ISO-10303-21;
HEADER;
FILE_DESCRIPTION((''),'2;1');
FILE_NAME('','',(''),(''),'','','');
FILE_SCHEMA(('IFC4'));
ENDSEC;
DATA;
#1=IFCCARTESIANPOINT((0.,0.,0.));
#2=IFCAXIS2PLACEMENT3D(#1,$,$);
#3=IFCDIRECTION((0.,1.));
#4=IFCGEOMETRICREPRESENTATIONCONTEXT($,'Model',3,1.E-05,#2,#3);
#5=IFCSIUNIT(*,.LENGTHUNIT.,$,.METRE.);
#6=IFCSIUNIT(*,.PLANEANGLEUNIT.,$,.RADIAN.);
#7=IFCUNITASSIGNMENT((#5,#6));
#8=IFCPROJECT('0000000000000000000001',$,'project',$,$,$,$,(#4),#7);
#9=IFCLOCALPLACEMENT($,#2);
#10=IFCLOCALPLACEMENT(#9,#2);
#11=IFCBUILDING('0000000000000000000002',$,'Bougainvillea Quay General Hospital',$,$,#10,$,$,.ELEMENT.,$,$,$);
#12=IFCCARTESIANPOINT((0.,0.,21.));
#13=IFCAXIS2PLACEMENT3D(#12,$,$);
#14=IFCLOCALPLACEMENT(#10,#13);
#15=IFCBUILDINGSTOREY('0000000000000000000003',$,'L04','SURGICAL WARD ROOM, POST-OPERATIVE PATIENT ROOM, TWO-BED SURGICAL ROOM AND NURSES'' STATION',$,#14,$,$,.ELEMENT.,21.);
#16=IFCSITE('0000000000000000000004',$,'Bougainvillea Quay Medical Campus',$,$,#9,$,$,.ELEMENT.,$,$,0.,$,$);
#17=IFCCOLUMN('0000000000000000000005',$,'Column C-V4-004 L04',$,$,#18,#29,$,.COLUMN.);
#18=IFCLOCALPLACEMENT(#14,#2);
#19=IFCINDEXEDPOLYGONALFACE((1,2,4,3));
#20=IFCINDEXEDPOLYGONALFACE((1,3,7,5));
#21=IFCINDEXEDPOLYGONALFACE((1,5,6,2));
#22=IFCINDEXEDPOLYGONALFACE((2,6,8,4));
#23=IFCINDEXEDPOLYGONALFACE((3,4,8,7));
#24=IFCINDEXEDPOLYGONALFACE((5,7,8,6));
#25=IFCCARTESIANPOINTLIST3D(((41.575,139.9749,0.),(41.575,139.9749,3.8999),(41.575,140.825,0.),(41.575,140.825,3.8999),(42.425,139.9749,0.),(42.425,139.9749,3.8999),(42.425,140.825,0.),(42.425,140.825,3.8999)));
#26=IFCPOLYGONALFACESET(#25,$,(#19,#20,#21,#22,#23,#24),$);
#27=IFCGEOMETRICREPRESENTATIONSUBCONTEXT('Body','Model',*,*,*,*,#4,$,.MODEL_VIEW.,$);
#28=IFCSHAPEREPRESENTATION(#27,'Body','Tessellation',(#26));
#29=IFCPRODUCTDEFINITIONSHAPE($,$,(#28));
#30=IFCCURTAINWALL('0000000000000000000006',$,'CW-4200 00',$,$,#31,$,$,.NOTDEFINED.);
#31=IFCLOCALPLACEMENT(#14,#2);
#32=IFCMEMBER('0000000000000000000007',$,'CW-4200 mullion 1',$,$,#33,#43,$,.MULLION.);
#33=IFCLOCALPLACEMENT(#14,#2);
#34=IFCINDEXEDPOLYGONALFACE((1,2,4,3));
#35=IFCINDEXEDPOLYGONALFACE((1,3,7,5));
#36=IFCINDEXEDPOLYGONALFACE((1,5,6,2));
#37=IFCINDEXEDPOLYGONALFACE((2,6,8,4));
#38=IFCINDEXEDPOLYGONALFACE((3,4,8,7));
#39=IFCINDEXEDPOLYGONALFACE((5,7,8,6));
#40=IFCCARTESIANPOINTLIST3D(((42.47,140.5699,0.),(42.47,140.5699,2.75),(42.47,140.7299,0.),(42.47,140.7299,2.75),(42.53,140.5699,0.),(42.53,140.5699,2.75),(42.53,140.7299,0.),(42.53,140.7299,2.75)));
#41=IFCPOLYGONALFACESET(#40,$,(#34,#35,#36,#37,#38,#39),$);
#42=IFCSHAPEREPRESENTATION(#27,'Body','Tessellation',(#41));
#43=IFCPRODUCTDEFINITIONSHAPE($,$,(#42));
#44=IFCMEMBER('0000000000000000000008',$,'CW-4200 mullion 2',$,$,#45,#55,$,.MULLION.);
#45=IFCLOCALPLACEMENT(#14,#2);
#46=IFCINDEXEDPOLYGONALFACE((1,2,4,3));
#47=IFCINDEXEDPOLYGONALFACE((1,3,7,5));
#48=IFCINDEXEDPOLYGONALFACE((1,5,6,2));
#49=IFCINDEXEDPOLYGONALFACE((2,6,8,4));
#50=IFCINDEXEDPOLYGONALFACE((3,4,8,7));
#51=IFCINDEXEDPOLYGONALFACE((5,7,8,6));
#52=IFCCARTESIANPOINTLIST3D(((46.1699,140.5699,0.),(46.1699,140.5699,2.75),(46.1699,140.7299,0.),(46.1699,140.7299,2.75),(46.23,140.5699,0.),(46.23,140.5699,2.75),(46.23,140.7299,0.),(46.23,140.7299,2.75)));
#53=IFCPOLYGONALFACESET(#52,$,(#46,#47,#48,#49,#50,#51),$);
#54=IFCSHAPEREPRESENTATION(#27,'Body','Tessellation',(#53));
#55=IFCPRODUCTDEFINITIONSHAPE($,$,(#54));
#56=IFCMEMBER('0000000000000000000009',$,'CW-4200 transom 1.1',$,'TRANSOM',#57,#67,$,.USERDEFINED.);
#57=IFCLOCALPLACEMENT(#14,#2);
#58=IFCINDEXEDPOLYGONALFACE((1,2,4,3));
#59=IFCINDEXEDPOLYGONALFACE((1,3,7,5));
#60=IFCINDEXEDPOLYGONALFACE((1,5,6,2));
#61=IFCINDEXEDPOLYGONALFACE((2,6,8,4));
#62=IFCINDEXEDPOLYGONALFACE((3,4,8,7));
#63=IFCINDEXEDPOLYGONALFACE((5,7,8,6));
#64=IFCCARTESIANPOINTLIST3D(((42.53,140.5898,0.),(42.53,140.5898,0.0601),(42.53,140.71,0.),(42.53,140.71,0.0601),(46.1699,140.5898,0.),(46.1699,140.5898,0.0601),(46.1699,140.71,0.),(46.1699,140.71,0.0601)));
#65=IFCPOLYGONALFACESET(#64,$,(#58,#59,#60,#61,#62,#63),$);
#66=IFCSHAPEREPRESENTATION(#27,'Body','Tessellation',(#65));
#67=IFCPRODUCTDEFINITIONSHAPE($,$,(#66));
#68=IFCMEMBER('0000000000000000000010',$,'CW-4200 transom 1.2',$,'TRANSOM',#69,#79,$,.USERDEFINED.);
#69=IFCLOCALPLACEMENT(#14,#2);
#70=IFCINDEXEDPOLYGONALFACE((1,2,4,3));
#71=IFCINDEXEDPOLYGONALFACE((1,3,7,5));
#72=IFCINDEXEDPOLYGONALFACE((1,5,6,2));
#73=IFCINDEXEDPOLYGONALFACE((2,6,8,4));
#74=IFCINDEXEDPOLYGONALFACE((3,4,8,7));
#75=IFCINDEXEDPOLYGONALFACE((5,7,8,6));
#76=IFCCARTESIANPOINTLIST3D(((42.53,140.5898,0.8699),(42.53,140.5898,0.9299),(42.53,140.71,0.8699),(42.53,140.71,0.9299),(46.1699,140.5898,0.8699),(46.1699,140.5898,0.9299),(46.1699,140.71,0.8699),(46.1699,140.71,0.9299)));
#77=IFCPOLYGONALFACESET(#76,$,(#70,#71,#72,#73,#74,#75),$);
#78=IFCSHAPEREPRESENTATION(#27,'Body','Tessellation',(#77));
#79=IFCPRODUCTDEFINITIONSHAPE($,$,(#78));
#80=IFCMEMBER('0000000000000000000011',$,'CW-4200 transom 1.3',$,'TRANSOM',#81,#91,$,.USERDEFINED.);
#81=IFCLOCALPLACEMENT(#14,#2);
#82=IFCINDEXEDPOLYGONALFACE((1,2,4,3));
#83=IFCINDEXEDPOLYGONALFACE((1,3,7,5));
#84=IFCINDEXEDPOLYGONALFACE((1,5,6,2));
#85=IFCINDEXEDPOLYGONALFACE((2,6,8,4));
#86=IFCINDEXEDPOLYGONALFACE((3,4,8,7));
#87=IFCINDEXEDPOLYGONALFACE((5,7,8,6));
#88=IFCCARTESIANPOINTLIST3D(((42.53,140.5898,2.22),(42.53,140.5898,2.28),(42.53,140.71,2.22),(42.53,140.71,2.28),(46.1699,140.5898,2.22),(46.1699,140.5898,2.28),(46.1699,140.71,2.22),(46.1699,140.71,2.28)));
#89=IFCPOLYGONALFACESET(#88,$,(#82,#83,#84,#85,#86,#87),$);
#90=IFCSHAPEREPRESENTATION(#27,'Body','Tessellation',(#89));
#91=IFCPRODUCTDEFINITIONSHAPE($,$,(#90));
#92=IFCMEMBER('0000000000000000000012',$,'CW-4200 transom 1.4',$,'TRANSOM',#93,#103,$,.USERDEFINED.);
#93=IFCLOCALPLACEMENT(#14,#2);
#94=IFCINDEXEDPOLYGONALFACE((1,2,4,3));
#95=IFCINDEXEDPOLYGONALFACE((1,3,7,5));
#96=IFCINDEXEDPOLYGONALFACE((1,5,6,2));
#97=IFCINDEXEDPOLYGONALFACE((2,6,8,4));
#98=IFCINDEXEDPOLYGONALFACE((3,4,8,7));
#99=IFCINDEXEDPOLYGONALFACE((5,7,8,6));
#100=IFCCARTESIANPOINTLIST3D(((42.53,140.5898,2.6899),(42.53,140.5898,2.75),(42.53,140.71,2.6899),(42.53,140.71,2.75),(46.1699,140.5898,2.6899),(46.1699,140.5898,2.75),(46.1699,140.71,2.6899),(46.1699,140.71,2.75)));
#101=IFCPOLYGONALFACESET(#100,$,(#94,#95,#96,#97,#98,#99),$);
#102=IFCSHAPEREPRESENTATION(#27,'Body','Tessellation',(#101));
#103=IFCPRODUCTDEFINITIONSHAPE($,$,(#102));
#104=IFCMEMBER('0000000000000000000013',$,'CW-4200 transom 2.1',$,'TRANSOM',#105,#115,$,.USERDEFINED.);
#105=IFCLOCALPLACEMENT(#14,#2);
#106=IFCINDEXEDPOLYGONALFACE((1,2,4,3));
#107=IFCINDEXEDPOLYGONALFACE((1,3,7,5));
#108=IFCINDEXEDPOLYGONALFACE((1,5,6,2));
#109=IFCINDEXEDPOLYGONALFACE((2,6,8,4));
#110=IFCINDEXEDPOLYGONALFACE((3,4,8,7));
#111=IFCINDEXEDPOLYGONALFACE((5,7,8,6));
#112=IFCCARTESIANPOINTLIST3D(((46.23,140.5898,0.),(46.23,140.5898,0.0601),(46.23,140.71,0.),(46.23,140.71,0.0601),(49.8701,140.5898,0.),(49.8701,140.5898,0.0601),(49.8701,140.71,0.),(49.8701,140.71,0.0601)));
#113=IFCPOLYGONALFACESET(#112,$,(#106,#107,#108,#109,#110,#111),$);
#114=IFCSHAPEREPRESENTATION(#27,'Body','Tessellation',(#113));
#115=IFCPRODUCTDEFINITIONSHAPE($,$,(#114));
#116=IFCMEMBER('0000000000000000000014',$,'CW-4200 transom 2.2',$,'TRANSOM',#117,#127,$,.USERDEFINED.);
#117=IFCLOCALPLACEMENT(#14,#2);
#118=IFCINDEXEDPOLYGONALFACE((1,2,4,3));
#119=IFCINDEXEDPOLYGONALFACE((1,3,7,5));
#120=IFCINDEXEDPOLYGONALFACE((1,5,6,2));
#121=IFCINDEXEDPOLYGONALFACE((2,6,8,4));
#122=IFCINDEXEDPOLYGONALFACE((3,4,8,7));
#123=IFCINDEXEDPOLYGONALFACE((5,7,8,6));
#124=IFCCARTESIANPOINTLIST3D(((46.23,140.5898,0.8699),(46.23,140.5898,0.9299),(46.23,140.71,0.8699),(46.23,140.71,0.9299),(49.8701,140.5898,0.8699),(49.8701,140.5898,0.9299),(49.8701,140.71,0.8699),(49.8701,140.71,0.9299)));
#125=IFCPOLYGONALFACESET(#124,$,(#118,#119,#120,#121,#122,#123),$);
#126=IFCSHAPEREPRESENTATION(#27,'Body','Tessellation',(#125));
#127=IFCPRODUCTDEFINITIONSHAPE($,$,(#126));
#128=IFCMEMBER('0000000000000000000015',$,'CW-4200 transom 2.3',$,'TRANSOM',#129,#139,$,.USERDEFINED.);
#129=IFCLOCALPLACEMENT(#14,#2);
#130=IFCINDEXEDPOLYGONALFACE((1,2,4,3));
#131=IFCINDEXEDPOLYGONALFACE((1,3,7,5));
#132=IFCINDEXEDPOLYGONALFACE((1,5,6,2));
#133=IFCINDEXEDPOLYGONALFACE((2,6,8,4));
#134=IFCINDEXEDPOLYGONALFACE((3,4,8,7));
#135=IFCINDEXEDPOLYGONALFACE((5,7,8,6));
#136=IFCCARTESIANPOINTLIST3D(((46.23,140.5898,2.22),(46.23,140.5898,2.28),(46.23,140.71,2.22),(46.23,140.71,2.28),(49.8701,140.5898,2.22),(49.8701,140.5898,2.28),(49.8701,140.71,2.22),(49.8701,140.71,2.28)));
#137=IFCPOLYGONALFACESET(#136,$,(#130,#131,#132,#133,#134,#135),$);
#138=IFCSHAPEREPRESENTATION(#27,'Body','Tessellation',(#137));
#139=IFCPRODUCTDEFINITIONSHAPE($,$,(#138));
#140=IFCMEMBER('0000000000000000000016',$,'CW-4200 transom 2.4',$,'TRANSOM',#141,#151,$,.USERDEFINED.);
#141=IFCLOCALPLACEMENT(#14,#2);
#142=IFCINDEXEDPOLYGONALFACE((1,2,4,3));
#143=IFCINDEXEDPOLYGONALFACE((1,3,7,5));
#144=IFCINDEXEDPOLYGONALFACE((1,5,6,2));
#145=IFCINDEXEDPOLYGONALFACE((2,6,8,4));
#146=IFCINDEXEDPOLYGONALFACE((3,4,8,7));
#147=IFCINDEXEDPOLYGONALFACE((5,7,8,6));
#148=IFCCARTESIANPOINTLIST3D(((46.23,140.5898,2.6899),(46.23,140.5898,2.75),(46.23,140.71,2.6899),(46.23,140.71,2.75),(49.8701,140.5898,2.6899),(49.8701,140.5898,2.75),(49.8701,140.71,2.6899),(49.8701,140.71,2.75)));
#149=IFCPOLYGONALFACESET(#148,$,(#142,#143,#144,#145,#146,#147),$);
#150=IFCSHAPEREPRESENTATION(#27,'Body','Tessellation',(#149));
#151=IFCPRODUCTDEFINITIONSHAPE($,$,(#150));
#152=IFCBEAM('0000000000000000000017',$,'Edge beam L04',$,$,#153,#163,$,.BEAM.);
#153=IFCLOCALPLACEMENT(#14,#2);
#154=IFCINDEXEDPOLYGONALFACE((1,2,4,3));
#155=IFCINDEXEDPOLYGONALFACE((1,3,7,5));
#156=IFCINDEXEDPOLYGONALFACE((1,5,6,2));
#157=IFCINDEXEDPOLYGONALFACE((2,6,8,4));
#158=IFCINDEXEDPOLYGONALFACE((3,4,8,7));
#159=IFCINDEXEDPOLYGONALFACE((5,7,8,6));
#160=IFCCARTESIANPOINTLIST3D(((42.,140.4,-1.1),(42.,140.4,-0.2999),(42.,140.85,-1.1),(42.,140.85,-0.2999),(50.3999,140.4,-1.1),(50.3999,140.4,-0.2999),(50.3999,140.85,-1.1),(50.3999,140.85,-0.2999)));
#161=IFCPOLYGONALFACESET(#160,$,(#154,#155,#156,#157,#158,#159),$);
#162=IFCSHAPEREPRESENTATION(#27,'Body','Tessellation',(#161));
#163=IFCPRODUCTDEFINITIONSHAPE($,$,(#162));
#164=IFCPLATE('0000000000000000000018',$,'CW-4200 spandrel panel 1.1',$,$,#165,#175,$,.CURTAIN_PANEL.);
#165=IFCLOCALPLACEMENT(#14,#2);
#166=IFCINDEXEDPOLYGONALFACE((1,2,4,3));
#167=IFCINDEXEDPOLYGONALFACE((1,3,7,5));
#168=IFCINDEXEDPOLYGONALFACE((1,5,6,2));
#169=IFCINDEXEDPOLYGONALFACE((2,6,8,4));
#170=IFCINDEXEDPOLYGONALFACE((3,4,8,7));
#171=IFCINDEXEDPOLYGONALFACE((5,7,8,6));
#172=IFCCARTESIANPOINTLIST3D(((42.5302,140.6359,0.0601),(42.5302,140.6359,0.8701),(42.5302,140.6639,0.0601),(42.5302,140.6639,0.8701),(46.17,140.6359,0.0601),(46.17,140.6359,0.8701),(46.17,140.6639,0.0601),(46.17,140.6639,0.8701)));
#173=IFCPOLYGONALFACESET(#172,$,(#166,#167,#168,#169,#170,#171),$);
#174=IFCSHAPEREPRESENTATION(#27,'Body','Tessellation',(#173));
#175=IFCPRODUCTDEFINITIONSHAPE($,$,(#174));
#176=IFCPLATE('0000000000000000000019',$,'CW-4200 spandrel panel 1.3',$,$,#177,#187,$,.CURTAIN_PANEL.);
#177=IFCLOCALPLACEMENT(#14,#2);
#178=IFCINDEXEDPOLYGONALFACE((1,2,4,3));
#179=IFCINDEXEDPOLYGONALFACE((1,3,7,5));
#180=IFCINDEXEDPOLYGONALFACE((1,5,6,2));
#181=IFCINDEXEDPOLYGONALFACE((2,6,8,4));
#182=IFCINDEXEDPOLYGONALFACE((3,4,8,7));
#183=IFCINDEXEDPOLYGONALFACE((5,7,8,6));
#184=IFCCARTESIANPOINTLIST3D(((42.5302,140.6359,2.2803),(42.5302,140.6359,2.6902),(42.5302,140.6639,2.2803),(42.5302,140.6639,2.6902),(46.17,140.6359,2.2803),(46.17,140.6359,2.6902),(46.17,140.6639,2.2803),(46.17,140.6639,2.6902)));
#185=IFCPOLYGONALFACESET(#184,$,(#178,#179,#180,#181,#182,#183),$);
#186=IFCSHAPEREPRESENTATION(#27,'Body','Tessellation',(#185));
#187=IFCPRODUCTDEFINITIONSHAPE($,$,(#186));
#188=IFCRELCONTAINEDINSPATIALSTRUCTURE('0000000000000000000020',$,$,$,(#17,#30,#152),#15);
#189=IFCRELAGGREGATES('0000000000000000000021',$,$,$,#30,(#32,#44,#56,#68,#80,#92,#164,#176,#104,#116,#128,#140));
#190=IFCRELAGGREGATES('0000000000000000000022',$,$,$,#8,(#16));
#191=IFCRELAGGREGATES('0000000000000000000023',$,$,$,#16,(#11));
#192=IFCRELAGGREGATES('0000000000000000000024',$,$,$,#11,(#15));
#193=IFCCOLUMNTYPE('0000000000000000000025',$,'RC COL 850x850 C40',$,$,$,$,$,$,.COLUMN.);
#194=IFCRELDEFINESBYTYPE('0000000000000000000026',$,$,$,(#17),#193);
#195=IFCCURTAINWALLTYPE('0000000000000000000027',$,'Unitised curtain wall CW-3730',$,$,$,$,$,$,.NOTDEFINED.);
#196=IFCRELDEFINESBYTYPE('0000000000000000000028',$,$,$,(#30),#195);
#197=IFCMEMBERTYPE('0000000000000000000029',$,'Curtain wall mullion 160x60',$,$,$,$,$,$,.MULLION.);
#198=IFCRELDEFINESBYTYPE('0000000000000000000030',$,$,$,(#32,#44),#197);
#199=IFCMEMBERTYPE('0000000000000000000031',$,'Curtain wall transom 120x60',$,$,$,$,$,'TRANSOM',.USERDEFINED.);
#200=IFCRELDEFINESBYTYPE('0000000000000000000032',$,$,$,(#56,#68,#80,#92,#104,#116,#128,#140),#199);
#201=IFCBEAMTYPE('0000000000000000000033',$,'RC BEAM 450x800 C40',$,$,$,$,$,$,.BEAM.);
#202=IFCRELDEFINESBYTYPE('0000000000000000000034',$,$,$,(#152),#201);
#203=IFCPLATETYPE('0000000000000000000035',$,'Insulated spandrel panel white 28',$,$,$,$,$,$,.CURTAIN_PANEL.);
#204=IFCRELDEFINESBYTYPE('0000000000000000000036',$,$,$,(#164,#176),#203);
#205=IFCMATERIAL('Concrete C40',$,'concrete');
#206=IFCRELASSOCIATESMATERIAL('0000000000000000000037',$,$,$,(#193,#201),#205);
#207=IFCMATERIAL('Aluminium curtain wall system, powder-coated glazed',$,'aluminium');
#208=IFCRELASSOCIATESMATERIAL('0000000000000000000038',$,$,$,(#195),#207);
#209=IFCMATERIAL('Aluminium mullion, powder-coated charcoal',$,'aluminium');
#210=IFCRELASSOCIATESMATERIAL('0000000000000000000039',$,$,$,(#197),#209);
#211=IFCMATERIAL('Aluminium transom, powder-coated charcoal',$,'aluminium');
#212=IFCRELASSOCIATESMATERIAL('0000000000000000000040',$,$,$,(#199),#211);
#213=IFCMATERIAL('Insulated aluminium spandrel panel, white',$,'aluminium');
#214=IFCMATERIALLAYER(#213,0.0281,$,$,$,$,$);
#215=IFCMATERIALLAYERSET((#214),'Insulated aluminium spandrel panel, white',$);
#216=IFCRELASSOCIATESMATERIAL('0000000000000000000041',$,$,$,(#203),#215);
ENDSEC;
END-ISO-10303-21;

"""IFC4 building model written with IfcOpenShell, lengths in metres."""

from ifc_helpers import new_model, si_unit, direction, frame, origin, origin_2d, place, context, subcontext, project, spatial, rectangle, extrude, material, layer, layer_set, material_profile, profile_set, type_object, element, aggregate, save


model = new_model("IFC4")

# Units and contexts
model_context = context("Model", 3, precision=1e-05, world=origin(), true_north=direction((0.0, 1.0)))
body_context = subcontext(model_context, "Body", "Model", "MODEL_VIEW")
ifc_project = project(units=[si_unit("LENGTHUNIT", "METRE"), si_unit("PLANEANGLEUNIT", "RADIAN")], contexts=[model_context])

# Site, building, storey
site_placement = place(None, origin())
site = spatial("IfcSite", under=ifc_project, at=site_placement, Name="Bougainvillea Quay Medical Campus", CompositionType="ELEMENT", RefElevation=0.0)
building_placement = place(site_placement, origin())
building = spatial("IfcBuilding", under=site, at=building_placement, Name="Bougainvillea Quay General Hospital", CompositionType="ELEMENT")
storey_placement = place(building_placement, frame((0.0, 0.0, 21.0)))
storey = spatial("IfcBuildingStorey", under=building, at=storey_placement, Name="L04", Description="SURGICAL WARD ROOM, POST-OPERATIVE PATIENT ROOM, TWO-BED SURGICAL ROOM AND NURSES' STATION", CompositionType="ELEMENT", Elevation=21.0)

# Column
ifc_material_1 = material(Name="Concrete C40", Category="concrete")
ifc_material_profile_1 = material_profile(ifc_material_1, rectangle(XDim=0.8501, YDim=0.8501, at=origin_2d()))
ifc_profile_set_1 = profile_set([ifc_material_profile_1], Name="Concrete C40")
column_type = type_object("IfcColumnType", Name="RC COL 850x850 C40", PredefinedType="COLUMN", material=ifc_profile_set_1)
column_placement = place(storey_placement, frame((42.0, 140.3999, 0.0), z_axis=(0.0, 0.0, 1.0), x_axis=(1.0, 0.0, 0.0)))
element("IfcColumn", 1, at=column_placement, inside=storey, type_object=column_type, Name="Column C-V4-004 L04", PredefinedType="COLUMN", context=body_context, shape_type="SweptSolid", body=[
    extrude(rectangle(XDim=0.8501, YDim=0.8501, at=origin_2d()), origin(), (0.0, 0.0, 1.0), 3.8999),
])

# Curtain wall, members
ifc_material_2 = material(Name="Aluminium curtain wall system, powder-coated glazed", Category="aluminium")
curtain_wall_type = type_object("IfcCurtainWallType", Name="Unitised curtain wall CW-3730", PredefinedType="NOTDEFINED", material=ifc_material_2)
curtain_wall_placement = place(storey_placement, origin())
curtain_wall = element("IfcCurtainWall", 2, at=curtain_wall_placement, inside=storey, type_object=curtain_wall_type, Name="CW-4200 00", PredefinedType="NOTDEFINED")
ifc_material_3 = material(Name="Aluminium mullion, powder-coated charcoal", Category="aluminium")
ifc_material_profile_2 = material_profile(ifc_material_3, rectangle(XDim=0.1599, YDim=0.0601, at=origin_2d()))
ifc_profile_set_2 = profile_set([ifc_material_profile_2], Name="Aluminium mullion, powder-coated charcoal")
member_type_1 = type_object("IfcMemberType", Name="Curtain wall mullion 160x60", PredefinedType="MULLION", material=ifc_profile_set_2)
member_1_placement = place(storey_placement, frame((42.5, 140.6499, 0.0), z_axis=(0.0, 0.0, 1.0), x_axis=(0.0, 1.0, 0.0)))
member_1 = element("IfcMember", 3, at=member_1_placement, type_object=member_type_1, Name="CW-4200 mullion 1", PredefinedType="MULLION", context=body_context, shape_type="SweptSolid", body=[
    extrude(rectangle(XDim=0.1599, YDim=0.0601, at=origin_2d()), origin(), (0.0, 0.0, 1.0), 2.75),
])
member_2_placement = place(storey_placement, frame((46.2, 140.6499, 0.0), z_axis=(0.0, 0.0, 1.0), x_axis=(0.0, 1.0, 0.0)))
member_2 = element("IfcMember", 4, at=member_2_placement, type_object=member_type_1, Name="CW-4200 mullion 2", PredefinedType="MULLION", context=body_context, shape_type="SweptSolid", body=[
    extrude(rectangle(XDim=0.1599, YDim=0.0601, at=origin_2d()), origin(), (0.0, 0.0, 1.0), 2.75),
])
ifc_material_4 = material(Name="Aluminium transom, powder-coated charcoal", Category="aluminium")
ifc_material_profile_3 = material_profile(ifc_material_4, rectangle(XDim=0.1201, YDim=0.0601, at=origin_2d()))
ifc_profile_set_3 = profile_set([ifc_material_profile_3], Name="Aluminium transom, powder-coated charcoal")
member_type_2 = type_object("IfcMemberType", Name="Curtain wall transom 120x60", ElementType="TRANSOM", PredefinedType="USERDEFINED", material=ifc_profile_set_3)
member_3_placement = place(storey_placement, frame((42.53, 140.6499, 0.03), z_axis=(1.0, 0.0, 0.0), x_axis=(0.0, 1.0, 0.0)))
member_3 = element("IfcMember", 5, at=member_3_placement, type_object=member_type_2, Name="CW-4200 transom 1.1", ObjectType="TRANSOM", PredefinedType="USERDEFINED", context=body_context, shape_type="SweptSolid", body=[
    extrude(rectangle(XDim=0.1201, YDim=0.0601, at=origin_2d()), origin(), (0.0, 0.0, 1.0), 3.6399),
])
member_4_placement = place(storey_placement, frame((42.53, 140.6499, 0.8999), z_axis=(1.0, 0.0, 0.0), x_axis=(0.0, 1.0, 0.0)))
member_4 = element("IfcMember", 6, at=member_4_placement, type_object=member_type_2, Name="CW-4200 transom 1.2", ObjectType="TRANSOM", PredefinedType="USERDEFINED", context=body_context, shape_type="SweptSolid", body=[
    extrude(rectangle(XDim=0.1201, YDim=0.0601, at=origin_2d()), origin(), (0.0, 0.0, 1.0), 3.6399),
])
member_5_placement = place(storey_placement, frame((42.53, 140.6499, 2.25), z_axis=(1.0, 0.0, 0.0), x_axis=(0.0, 1.0, 0.0)))
member_5 = element("IfcMember", 7, at=member_5_placement, type_object=member_type_2, Name="CW-4200 transom 1.3", ObjectType="TRANSOM", PredefinedType="USERDEFINED", context=body_context, shape_type="SweptSolid", body=[
    extrude(rectangle(XDim=0.1201, YDim=0.0601, at=origin_2d()), origin(), (0.0, 0.0, 1.0), 3.6399),
])
member_6_placement = place(storey_placement, frame((42.53, 140.6499, 2.72), z_axis=(1.0, 0.0, 0.0), x_axis=(0.0, 1.0, 0.0)))
member_6 = element("IfcMember", 8, at=member_6_placement, type_object=member_type_2, Name="CW-4200 transom 1.4", ObjectType="TRANSOM", PredefinedType="USERDEFINED", context=body_context, shape_type="SweptSolid", body=[
    extrude(rectangle(XDim=0.1201, YDim=0.0601, at=origin_2d()), origin(), (0.0, 0.0, 1.0), 3.6399),
])
member_7_placement = place(storey_placement, frame((46.23, 140.6499, 0.03), z_axis=(1.0, 0.0, 0.0), x_axis=(0.0, 1.0, 0.0)))
member_7 = element("IfcMember", 9, at=member_7_placement, type_object=member_type_2, Name="CW-4200 transom 2.1", ObjectType="TRANSOM", PredefinedType="USERDEFINED", context=body_context, shape_type="SweptSolid", body=[
    extrude(rectangle(XDim=0.1201, YDim=0.0601, at=origin_2d()), origin(), (0.0, 0.0, 1.0), 3.6401),
])
member_8_placement = place(storey_placement, frame((46.23, 140.6499, 0.8999), z_axis=(1.0, 0.0, 0.0), x_axis=(0.0, 1.0, 0.0)))
member_8 = element("IfcMember", 10, at=member_8_placement, type_object=member_type_2, Name="CW-4200 transom 2.2", ObjectType="TRANSOM", PredefinedType="USERDEFINED", context=body_context, shape_type="SweptSolid", body=[
    extrude(rectangle(XDim=0.1201, YDim=0.0601, at=origin_2d()), origin(), (0.0, 0.0, 1.0), 3.6401),
])
member_9_placement = place(storey_placement, frame((46.23, 140.6499, 2.25), z_axis=(1.0, 0.0, 0.0), x_axis=(0.0, 1.0, 0.0)))
member_9 = element("IfcMember", 11, at=member_9_placement, type_object=member_type_2, Name="CW-4200 transom 2.3", ObjectType="TRANSOM", PredefinedType="USERDEFINED", context=body_context, shape_type="SweptSolid", body=[
    extrude(rectangle(XDim=0.1201, YDim=0.0601, at=origin_2d()), origin(), (0.0, 0.0, 1.0), 3.6401),
])
member_10_placement = place(storey_placement, frame((46.23, 140.6499, 2.72), z_axis=(1.0, 0.0, 0.0), x_axis=(0.0, 1.0, 0.0)))
member_10 = element("IfcMember", 12, at=member_10_placement, type_object=member_type_2, Name="CW-4200 transom 2.4", ObjectType="TRANSOM", PredefinedType="USERDEFINED", context=body_context, shape_type="SweptSolid", body=[
    extrude(rectangle(XDim=0.1201, YDim=0.0601, at=origin_2d()), origin(), (0.0, 0.0, 1.0), 3.6401),
])

# Beam
ifc_material_profile_4 = material_profile(ifc_material_1, rectangle(XDim=0.45, YDim=0.8, at=origin_2d()))
ifc_profile_set_4 = profile_set([ifc_material_profile_4], Name="Concrete C40")
beam_type = type_object("IfcBeamType", Name="RC BEAM 450x800 C40", PredefinedType="BEAM", material=ifc_profile_set_4)
beam_placement = place(storey_placement, frame((42.0, 140.625, -0.7), z_axis=(1.0, 0.0, 0.0), x_axis=(0.0, 1.0, 0.0)))
element("IfcBeam", 13, at=beam_placement, inside=storey, type_object=beam_type, Name="Edge beam L04", PredefinedType="BEAM", context=body_context, shape_type="SweptSolid", body=[
    extrude(rectangle(XDim=0.45, YDim=0.8, at=origin_2d()), origin(), (0.0, 0.0, 1.0), 8.3999),
])

# Plates
ifc_material_5 = material(Name="Insulated aluminium spandrel panel, white", Category="aluminium")
ifc_layer_1 = layer(ifc_material_5, 0.0281)
ifc_layer_set_1 = layer_set([ifc_layer_1], Name="Insulated aluminium spandrel panel, white")
plate_type_1 = type_object("IfcPlateType", Name="Insulated spandrel panel white 28", PredefinedType="CURTAIN_PANEL", material=ifc_layer_set_1)
plate_1_placement = place(storey_placement, frame((44.3501, 140.6499, 0.0601), z_axis=(0.0, 0.0, 1.0), x_axis=(1.0, 0.0, 0.0)))
plate_1 = element("IfcPlate", 14, at=plate_1_placement, type_object=plate_type_1, Name="CW-4200 spandrel panel 1.1", PredefinedType="CURTAIN_PANEL", context=body_context, shape_type="SweptSolid", body=[
    extrude(rectangle(XDim=3.6399, YDim=0.0281, at=origin_2d()), origin(), (0.0, 0.0, 1.0), 0.8101),
])
plate_2_placement = place(storey_placement, frame((44.3501, 140.6499, 2.2803), z_axis=(0.0, 0.0, 1.0), x_axis=(1.0, 0.0, 0.0)))
plate_2 = element("IfcPlate", 15, at=plate_2_placement, type_object=plate_type_1, Name="CW-4200 spandrel panel 1.3", PredefinedType="CURTAIN_PANEL", context=body_context, shape_type="SweptSolid", body=[
    extrude(rectangle(XDim=3.6399, YDim=0.0281, at=origin_2d()), origin(), (0.0, 0.0, 1.0), 0.4099),
])
aggregate(curtain_wall, [member_1, member_2, member_3, member_4, member_5, member_6, plate_1, plate_2, member_7, member_8, member_9, member_10])

save(model, "model.ifc")
